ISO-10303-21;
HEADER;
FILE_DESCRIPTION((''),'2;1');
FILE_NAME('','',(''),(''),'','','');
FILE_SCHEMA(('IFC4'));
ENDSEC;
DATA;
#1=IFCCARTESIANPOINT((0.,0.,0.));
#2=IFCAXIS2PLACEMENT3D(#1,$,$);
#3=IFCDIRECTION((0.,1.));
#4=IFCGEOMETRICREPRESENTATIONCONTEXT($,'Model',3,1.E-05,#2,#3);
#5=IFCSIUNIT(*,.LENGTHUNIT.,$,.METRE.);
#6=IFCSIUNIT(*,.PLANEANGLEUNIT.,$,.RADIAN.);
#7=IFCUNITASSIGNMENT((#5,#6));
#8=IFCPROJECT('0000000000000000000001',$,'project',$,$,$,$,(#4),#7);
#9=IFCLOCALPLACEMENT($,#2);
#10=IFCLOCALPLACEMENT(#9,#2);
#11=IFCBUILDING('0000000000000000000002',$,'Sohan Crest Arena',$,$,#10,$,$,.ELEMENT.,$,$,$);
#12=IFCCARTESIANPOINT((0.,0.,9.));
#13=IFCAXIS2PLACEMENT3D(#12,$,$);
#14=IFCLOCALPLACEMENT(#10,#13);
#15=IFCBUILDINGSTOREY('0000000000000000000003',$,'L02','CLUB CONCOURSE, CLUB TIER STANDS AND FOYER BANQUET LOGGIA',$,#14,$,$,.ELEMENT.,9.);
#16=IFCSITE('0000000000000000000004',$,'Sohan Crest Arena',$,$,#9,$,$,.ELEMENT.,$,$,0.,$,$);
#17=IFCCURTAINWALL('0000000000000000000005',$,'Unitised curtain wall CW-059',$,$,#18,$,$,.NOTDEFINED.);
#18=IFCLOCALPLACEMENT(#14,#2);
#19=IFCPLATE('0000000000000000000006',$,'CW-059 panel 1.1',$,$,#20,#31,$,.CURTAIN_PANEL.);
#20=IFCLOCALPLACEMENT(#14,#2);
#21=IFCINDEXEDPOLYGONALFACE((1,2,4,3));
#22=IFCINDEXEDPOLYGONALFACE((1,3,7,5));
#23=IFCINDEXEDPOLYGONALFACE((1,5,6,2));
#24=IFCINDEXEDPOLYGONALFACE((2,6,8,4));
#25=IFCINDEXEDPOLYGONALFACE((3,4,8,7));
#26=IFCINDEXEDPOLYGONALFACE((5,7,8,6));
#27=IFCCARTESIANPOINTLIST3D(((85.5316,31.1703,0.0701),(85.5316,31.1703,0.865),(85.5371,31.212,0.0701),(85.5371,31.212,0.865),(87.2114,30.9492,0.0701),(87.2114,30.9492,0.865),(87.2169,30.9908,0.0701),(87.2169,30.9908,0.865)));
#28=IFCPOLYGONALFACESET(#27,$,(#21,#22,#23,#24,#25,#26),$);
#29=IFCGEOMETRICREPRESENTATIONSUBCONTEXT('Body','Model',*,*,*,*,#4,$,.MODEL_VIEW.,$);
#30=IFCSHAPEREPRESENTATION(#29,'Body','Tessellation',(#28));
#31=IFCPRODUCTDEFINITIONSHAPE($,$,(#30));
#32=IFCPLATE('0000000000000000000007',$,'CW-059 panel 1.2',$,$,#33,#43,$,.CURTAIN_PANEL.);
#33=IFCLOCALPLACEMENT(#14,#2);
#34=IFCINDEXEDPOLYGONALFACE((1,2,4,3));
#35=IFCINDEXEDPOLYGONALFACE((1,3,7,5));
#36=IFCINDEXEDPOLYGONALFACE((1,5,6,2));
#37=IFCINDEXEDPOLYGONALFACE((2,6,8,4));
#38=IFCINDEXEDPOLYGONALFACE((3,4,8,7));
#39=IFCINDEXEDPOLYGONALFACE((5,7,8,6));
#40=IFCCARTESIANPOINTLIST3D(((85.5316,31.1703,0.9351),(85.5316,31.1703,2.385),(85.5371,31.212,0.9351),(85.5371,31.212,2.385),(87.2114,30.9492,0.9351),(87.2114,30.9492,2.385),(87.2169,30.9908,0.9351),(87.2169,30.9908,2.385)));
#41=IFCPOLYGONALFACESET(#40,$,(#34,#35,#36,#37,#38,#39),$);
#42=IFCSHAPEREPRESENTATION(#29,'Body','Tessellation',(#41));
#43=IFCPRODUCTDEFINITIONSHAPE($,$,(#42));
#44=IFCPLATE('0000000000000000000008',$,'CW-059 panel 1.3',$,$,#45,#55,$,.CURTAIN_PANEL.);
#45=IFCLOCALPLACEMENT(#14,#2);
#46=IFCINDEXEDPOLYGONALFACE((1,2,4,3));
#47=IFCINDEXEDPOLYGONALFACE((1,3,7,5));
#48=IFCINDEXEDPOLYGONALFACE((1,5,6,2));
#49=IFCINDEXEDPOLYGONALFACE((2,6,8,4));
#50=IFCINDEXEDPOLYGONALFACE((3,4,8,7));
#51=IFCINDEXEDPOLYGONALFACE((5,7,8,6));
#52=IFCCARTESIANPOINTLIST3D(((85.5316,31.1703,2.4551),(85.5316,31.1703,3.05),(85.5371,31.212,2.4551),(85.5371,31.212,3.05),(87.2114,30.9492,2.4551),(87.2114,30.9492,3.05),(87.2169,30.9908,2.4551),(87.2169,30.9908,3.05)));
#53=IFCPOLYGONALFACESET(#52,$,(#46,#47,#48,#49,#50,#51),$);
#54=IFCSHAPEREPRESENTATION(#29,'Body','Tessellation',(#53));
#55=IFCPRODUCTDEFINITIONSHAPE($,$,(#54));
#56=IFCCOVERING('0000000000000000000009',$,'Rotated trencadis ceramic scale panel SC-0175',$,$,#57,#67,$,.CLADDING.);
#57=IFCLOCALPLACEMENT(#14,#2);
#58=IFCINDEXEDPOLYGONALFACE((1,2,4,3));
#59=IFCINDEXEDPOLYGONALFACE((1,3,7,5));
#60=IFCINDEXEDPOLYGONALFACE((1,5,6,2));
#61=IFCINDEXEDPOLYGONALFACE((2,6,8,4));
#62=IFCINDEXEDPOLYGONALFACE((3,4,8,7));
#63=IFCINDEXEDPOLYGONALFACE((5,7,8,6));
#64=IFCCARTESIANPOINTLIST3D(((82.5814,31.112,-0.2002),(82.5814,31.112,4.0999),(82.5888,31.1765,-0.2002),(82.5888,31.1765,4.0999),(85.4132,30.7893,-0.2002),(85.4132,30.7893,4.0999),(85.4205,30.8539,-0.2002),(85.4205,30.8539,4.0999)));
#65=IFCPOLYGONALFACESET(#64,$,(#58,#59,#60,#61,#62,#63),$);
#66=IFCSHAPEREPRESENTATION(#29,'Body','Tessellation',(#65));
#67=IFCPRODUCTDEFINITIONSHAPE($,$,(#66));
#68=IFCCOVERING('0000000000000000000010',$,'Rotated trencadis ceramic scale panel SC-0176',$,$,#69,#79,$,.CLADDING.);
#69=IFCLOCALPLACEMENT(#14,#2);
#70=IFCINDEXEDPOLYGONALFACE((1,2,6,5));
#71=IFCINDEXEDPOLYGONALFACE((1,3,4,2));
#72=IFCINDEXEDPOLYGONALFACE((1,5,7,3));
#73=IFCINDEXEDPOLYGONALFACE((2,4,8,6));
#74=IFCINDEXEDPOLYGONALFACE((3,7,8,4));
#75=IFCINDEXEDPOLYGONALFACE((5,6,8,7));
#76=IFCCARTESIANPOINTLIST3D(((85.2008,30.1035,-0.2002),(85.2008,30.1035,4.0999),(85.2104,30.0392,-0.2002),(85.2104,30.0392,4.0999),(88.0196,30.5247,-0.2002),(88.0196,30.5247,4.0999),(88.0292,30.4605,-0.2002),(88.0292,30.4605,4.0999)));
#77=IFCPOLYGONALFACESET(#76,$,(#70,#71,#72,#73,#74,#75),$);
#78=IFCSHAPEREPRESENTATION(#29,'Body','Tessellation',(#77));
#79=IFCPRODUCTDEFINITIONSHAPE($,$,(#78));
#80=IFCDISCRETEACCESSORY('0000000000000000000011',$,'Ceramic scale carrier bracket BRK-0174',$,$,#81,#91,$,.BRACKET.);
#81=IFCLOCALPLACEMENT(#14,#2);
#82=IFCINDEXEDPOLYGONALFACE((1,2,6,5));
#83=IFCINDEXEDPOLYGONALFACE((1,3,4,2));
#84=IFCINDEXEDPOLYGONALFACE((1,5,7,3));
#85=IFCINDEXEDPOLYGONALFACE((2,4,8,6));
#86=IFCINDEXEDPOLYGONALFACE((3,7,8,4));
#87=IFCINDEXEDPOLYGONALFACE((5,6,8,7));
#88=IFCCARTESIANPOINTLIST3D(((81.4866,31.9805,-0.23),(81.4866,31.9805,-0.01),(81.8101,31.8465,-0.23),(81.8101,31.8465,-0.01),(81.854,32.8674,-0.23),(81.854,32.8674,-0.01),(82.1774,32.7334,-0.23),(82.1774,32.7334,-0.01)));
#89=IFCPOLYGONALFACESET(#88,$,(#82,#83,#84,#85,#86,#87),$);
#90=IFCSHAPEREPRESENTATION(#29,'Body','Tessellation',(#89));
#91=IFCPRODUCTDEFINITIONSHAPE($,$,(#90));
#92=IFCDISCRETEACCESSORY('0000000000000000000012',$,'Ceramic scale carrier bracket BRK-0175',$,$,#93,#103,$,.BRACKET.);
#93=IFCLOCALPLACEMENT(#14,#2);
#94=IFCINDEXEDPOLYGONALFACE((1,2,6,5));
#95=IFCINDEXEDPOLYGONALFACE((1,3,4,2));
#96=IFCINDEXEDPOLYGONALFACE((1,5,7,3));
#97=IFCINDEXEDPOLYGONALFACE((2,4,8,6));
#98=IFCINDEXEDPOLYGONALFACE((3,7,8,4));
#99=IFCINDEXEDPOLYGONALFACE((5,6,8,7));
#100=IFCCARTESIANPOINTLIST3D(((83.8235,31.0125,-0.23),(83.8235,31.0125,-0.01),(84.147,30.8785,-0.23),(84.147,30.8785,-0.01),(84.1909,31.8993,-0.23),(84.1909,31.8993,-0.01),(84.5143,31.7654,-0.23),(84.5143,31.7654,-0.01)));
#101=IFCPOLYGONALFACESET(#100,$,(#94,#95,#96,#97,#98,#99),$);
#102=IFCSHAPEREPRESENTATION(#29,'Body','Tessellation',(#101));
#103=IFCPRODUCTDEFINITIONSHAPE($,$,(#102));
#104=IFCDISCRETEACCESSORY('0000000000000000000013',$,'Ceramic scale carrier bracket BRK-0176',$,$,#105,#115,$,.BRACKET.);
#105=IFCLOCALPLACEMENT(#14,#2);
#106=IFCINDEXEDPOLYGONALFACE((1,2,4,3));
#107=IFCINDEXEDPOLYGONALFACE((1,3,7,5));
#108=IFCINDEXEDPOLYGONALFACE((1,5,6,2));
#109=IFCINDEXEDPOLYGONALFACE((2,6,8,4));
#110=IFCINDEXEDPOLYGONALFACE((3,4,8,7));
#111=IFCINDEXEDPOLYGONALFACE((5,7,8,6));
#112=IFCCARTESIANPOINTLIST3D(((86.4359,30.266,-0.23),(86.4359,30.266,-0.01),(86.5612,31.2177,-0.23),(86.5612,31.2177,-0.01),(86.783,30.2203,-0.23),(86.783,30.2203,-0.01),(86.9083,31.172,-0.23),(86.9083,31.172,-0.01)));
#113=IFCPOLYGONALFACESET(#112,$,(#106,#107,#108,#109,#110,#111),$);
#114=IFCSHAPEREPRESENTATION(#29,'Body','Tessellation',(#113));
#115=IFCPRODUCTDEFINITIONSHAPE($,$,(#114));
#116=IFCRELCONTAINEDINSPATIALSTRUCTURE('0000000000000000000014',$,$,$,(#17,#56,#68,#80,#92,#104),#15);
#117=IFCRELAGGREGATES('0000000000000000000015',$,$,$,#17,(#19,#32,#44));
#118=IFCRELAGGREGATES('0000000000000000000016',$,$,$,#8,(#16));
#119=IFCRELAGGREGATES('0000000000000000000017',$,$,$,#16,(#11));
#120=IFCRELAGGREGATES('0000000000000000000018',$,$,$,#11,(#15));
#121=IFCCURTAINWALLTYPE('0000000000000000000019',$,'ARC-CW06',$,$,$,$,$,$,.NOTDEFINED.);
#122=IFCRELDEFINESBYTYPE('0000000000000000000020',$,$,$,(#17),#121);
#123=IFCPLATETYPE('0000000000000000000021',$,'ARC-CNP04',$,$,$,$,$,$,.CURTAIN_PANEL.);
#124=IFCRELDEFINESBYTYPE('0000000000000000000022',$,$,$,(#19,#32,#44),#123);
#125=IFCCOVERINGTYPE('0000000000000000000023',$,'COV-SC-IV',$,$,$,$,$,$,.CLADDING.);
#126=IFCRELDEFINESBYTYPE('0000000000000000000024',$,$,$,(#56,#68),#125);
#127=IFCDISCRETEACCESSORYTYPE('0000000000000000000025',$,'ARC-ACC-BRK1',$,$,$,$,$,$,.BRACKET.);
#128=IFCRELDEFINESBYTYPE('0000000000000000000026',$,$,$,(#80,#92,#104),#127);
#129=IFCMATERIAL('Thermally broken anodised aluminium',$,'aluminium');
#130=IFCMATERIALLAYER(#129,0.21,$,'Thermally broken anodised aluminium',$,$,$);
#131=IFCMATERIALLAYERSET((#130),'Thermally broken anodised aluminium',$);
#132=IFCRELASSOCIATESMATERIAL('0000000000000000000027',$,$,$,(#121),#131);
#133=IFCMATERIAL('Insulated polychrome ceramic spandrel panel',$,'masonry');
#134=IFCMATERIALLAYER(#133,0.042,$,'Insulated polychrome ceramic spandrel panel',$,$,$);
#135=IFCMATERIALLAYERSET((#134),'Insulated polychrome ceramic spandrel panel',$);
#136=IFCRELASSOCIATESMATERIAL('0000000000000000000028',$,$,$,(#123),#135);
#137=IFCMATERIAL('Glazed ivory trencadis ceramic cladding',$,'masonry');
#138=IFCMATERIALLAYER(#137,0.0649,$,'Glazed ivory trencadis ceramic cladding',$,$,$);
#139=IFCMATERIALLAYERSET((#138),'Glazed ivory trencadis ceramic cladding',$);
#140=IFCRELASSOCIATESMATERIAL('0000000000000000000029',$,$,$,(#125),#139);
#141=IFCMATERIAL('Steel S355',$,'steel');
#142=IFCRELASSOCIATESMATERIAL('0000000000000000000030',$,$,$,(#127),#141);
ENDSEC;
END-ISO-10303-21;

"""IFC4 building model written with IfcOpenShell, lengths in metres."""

from ifc_helpers import new_model, si_unit, direction, frame, origin, origin_2d, place, context, subcontext, project, spatial, rectangle, extrude, material, layer, layer_set, type_object, element, aggregate, save


model = new_model("IFC4")

# Units and contexts
model_context = context("Model", 3, precision=1e-05, world=origin(), true_north=direction((0.0, 1.0)))
body_context = subcontext(model_context, "Body", "Model", "MODEL_VIEW")
ifc_project = project(units=[si_unit("LENGTHUNIT", "METRE"), si_unit("PLANEANGLEUNIT", "RADIAN")], contexts=[model_context])

# Site, building, storey
site_placement = place(None, origin())
site = spatial("IfcSite", under=ifc_project, at=site_placement, Name="Sohan Crest Arena", CompositionType="ELEMENT", RefElevation=0.0)
building_placement = place(site_placement, origin())
building = spatial("IfcBuilding", under=site, at=building_placement, Name="Sohan Crest Arena", CompositionType="ELEMENT")
storey_placement = place(building_placement, frame((0.0, 0.0, 9.0)))
storey = spatial("IfcBuildingStorey", under=building, at=storey_placement, Name="L02", Description="CLUB CONCOURSE, CLUB TIER STANDS AND FOYER BANQUET LOGGIA", CompositionType="ELEMENT", Elevation=9.0)

# Shared definitions
ifc_material_1 = material(Name="Steel S355", Category="steel")

# Shared definitions
ifc_material_2 = material(Name="Thermally broken anodised aluminium", Category="aluminium")

# Curtain wall
ifc_layer_1 = layer(ifc_material_2, 0.21, Name="Thermally broken anodised aluminium")
ifc_layer_set_1 = layer_set([ifc_layer_1], Name="Thermally broken anodised aluminium")
curtain_wall_type_1 = type_object("IfcCurtainWallType", Name="ARC-CW06", PredefinedType="NOTDEFINED", material=ifc_layer_set_1)
curtain_wall_1_placement = place(storey_placement, origin())
curtain_wall_1 = element("IfcCurtainWall", 1, at=curtain_wall_1_placement, inside=storey, type_object=curtain_wall_type_1, Name="Unitised curtain wall CW-059", PredefinedType="NOTDEFINED")

# Plates
ifc_material_3 = material(Name="Insulated polychrome ceramic spandrel panel", Category="masonry")
ifc_layer_2 = layer(ifc_material_3, 0.042, Name="Insulated polychrome ceramic spandrel panel")
ifc_layer_set_2 = layer_set([ifc_layer_2], Name="Insulated polychrome ceramic spandrel panel")
plate_type_1 = type_object("IfcPlateType", Name="ARC-CNP04", PredefinedType="CURTAIN_PANEL", material=ifc_layer_set_2)
plate_1_placement = place(storey_placement, frame((86.3743, 31.0806, 0.0701), z_axis=(0.0, 0.0, 1.0), x_axis=(0.991444, -0.130532, 0.0)))
plate_1 = element("IfcPlate", 2, at=plate_1_placement, type_object=plate_type_1, Name="CW-059 panel 1.1", PredefinedType="CURTAIN_PANEL", context=body_context, shape_type="SweptSolid", body=[
    extrude(rectangle(XDim=1.6943, YDim=0.042, at=origin_2d()), origin(), (0.0, 0.0, 1.0), 0.7949),
])
plate_2_placement = place(storey_placement, frame((86.3743, 31.0806, 0.9351), z_axis=(0.0, 0.0, 1.0), x_axis=(0.991444, -0.130532, 0.0)))
plate_2 = element("IfcPlate", 3, at=plate_2_placement, type_object=plate_type_1, Name="CW-059 panel 1.2", PredefinedType="CURTAIN_PANEL", context=body_context, shape_type="SweptSolid", body=[
    extrude(rectangle(XDim=1.6943, YDim=0.042, at=origin_2d()), origin(), (0.0, 0.0, 1.0), 1.45),
])
plate_3_placement = place(storey_placement, frame((86.3743, 31.0806, 2.4551), z_axis=(0.0, 0.0, 1.0), x_axis=(0.991444, -0.130532, 0.0)))
plate_3 = element("IfcPlate", 4, at=plate_3_placement, type_object=plate_type_1, Name="CW-059 panel 1.3", PredefinedType="CURTAIN_PANEL", context=body_context, shape_type="SweptSolid", body=[
    extrude(rectangle(XDim=1.6943, YDim=0.042, at=origin_2d()), origin(), (0.0, 0.0, 1.0), 0.595),
])
aggregate(curtain_wall_1, [plate_1, plate_2, plate_3])

# Coverings
ifc_material_4 = material(Name="Glazed ivory trencadis ceramic cladding", Category="masonry")
ifc_layer_3 = layer(ifc_material_4, 0.0649, Name="Glazed ivory trencadis ceramic cladding")
ifc_layer_set_3 = layer_set([ifc_layer_3], Name="Glazed ivory trencadis ceramic cladding")
covering_type = type_object("IfcCoveringType", Name="COV-SC-IV", PredefinedType="CLADDING", material=ifc_layer_set_3)
for number, where, z_axis, x_axis, name in (
    (5, (84.001, 30.9829, -0.2002), (0.0, 0.0, 1.0), (0.993572, -0.113203, 0.0), "Rotated trencadis ceramic scale panel SC-0175"),
    (6, (86.615, 30.282, -0.2002), (0.0, 0.0, 1.0), (0.989016, 0.147809, 0.0), "Rotated trencadis ceramic scale panel SC-0176"),
):
    element("IfcCovering", number, at=place(storey_placement, frame(where, z_axis=z_axis, x_axis=x_axis)), inside=storey, type_object=covering_type, Name=name, PredefinedType="CLADDING", context=body_context, shape_type="SweptSolid", body=[
        extrude(rectangle(XDim=2.8501, YDim=0.0649, at=origin_2d()), origin(), (0.0, 0.0, 1.0), 4.3),
    ])

# Discrete accessories
discrete_accessory_type = type_object("IfcDiscreteAccessoryType", Name="ARC-ACC-BRK1", PredefinedType="BRACKET", material=ifc_material_1)
for number, where, z_axis, x_axis, name in (
    (7, (81.832, 32.3569, -0.23), (0.0, 0.0, 1.0), (0.92388, -0.382683, 0.0), "Ceramic scale carrier bracket BRK-0174"),
    (8, (84.1689, 31.3889, -0.23), (0.0, 0.0, 1.0), (0.92388, -0.382683, 0.0), "Ceramic scale carrier bracket BRK-0175"),
    (9, (86.6721, 30.719, -0.23), (0.0, 0.0, 1.0), (0.991445, -0.130526, 0.0), "Ceramic scale carrier bracket BRK-0176"),
):
    element("IfcDiscreteAccessory", number, at=place(storey_placement, frame(where, z_axis=z_axis, x_axis=x_axis)), inside=storey, type_object=discrete_accessory_type, Name=name, PredefinedType="BRACKET", context=body_context, shape_type="SweptSolid", body=[
        extrude(rectangle(XDim=0.3501, YDim=0.96, at=origin_2d()), origin(), (0.0, 0.0, 1.0), 0.22),
    ])

save(model, "model.ifc")
